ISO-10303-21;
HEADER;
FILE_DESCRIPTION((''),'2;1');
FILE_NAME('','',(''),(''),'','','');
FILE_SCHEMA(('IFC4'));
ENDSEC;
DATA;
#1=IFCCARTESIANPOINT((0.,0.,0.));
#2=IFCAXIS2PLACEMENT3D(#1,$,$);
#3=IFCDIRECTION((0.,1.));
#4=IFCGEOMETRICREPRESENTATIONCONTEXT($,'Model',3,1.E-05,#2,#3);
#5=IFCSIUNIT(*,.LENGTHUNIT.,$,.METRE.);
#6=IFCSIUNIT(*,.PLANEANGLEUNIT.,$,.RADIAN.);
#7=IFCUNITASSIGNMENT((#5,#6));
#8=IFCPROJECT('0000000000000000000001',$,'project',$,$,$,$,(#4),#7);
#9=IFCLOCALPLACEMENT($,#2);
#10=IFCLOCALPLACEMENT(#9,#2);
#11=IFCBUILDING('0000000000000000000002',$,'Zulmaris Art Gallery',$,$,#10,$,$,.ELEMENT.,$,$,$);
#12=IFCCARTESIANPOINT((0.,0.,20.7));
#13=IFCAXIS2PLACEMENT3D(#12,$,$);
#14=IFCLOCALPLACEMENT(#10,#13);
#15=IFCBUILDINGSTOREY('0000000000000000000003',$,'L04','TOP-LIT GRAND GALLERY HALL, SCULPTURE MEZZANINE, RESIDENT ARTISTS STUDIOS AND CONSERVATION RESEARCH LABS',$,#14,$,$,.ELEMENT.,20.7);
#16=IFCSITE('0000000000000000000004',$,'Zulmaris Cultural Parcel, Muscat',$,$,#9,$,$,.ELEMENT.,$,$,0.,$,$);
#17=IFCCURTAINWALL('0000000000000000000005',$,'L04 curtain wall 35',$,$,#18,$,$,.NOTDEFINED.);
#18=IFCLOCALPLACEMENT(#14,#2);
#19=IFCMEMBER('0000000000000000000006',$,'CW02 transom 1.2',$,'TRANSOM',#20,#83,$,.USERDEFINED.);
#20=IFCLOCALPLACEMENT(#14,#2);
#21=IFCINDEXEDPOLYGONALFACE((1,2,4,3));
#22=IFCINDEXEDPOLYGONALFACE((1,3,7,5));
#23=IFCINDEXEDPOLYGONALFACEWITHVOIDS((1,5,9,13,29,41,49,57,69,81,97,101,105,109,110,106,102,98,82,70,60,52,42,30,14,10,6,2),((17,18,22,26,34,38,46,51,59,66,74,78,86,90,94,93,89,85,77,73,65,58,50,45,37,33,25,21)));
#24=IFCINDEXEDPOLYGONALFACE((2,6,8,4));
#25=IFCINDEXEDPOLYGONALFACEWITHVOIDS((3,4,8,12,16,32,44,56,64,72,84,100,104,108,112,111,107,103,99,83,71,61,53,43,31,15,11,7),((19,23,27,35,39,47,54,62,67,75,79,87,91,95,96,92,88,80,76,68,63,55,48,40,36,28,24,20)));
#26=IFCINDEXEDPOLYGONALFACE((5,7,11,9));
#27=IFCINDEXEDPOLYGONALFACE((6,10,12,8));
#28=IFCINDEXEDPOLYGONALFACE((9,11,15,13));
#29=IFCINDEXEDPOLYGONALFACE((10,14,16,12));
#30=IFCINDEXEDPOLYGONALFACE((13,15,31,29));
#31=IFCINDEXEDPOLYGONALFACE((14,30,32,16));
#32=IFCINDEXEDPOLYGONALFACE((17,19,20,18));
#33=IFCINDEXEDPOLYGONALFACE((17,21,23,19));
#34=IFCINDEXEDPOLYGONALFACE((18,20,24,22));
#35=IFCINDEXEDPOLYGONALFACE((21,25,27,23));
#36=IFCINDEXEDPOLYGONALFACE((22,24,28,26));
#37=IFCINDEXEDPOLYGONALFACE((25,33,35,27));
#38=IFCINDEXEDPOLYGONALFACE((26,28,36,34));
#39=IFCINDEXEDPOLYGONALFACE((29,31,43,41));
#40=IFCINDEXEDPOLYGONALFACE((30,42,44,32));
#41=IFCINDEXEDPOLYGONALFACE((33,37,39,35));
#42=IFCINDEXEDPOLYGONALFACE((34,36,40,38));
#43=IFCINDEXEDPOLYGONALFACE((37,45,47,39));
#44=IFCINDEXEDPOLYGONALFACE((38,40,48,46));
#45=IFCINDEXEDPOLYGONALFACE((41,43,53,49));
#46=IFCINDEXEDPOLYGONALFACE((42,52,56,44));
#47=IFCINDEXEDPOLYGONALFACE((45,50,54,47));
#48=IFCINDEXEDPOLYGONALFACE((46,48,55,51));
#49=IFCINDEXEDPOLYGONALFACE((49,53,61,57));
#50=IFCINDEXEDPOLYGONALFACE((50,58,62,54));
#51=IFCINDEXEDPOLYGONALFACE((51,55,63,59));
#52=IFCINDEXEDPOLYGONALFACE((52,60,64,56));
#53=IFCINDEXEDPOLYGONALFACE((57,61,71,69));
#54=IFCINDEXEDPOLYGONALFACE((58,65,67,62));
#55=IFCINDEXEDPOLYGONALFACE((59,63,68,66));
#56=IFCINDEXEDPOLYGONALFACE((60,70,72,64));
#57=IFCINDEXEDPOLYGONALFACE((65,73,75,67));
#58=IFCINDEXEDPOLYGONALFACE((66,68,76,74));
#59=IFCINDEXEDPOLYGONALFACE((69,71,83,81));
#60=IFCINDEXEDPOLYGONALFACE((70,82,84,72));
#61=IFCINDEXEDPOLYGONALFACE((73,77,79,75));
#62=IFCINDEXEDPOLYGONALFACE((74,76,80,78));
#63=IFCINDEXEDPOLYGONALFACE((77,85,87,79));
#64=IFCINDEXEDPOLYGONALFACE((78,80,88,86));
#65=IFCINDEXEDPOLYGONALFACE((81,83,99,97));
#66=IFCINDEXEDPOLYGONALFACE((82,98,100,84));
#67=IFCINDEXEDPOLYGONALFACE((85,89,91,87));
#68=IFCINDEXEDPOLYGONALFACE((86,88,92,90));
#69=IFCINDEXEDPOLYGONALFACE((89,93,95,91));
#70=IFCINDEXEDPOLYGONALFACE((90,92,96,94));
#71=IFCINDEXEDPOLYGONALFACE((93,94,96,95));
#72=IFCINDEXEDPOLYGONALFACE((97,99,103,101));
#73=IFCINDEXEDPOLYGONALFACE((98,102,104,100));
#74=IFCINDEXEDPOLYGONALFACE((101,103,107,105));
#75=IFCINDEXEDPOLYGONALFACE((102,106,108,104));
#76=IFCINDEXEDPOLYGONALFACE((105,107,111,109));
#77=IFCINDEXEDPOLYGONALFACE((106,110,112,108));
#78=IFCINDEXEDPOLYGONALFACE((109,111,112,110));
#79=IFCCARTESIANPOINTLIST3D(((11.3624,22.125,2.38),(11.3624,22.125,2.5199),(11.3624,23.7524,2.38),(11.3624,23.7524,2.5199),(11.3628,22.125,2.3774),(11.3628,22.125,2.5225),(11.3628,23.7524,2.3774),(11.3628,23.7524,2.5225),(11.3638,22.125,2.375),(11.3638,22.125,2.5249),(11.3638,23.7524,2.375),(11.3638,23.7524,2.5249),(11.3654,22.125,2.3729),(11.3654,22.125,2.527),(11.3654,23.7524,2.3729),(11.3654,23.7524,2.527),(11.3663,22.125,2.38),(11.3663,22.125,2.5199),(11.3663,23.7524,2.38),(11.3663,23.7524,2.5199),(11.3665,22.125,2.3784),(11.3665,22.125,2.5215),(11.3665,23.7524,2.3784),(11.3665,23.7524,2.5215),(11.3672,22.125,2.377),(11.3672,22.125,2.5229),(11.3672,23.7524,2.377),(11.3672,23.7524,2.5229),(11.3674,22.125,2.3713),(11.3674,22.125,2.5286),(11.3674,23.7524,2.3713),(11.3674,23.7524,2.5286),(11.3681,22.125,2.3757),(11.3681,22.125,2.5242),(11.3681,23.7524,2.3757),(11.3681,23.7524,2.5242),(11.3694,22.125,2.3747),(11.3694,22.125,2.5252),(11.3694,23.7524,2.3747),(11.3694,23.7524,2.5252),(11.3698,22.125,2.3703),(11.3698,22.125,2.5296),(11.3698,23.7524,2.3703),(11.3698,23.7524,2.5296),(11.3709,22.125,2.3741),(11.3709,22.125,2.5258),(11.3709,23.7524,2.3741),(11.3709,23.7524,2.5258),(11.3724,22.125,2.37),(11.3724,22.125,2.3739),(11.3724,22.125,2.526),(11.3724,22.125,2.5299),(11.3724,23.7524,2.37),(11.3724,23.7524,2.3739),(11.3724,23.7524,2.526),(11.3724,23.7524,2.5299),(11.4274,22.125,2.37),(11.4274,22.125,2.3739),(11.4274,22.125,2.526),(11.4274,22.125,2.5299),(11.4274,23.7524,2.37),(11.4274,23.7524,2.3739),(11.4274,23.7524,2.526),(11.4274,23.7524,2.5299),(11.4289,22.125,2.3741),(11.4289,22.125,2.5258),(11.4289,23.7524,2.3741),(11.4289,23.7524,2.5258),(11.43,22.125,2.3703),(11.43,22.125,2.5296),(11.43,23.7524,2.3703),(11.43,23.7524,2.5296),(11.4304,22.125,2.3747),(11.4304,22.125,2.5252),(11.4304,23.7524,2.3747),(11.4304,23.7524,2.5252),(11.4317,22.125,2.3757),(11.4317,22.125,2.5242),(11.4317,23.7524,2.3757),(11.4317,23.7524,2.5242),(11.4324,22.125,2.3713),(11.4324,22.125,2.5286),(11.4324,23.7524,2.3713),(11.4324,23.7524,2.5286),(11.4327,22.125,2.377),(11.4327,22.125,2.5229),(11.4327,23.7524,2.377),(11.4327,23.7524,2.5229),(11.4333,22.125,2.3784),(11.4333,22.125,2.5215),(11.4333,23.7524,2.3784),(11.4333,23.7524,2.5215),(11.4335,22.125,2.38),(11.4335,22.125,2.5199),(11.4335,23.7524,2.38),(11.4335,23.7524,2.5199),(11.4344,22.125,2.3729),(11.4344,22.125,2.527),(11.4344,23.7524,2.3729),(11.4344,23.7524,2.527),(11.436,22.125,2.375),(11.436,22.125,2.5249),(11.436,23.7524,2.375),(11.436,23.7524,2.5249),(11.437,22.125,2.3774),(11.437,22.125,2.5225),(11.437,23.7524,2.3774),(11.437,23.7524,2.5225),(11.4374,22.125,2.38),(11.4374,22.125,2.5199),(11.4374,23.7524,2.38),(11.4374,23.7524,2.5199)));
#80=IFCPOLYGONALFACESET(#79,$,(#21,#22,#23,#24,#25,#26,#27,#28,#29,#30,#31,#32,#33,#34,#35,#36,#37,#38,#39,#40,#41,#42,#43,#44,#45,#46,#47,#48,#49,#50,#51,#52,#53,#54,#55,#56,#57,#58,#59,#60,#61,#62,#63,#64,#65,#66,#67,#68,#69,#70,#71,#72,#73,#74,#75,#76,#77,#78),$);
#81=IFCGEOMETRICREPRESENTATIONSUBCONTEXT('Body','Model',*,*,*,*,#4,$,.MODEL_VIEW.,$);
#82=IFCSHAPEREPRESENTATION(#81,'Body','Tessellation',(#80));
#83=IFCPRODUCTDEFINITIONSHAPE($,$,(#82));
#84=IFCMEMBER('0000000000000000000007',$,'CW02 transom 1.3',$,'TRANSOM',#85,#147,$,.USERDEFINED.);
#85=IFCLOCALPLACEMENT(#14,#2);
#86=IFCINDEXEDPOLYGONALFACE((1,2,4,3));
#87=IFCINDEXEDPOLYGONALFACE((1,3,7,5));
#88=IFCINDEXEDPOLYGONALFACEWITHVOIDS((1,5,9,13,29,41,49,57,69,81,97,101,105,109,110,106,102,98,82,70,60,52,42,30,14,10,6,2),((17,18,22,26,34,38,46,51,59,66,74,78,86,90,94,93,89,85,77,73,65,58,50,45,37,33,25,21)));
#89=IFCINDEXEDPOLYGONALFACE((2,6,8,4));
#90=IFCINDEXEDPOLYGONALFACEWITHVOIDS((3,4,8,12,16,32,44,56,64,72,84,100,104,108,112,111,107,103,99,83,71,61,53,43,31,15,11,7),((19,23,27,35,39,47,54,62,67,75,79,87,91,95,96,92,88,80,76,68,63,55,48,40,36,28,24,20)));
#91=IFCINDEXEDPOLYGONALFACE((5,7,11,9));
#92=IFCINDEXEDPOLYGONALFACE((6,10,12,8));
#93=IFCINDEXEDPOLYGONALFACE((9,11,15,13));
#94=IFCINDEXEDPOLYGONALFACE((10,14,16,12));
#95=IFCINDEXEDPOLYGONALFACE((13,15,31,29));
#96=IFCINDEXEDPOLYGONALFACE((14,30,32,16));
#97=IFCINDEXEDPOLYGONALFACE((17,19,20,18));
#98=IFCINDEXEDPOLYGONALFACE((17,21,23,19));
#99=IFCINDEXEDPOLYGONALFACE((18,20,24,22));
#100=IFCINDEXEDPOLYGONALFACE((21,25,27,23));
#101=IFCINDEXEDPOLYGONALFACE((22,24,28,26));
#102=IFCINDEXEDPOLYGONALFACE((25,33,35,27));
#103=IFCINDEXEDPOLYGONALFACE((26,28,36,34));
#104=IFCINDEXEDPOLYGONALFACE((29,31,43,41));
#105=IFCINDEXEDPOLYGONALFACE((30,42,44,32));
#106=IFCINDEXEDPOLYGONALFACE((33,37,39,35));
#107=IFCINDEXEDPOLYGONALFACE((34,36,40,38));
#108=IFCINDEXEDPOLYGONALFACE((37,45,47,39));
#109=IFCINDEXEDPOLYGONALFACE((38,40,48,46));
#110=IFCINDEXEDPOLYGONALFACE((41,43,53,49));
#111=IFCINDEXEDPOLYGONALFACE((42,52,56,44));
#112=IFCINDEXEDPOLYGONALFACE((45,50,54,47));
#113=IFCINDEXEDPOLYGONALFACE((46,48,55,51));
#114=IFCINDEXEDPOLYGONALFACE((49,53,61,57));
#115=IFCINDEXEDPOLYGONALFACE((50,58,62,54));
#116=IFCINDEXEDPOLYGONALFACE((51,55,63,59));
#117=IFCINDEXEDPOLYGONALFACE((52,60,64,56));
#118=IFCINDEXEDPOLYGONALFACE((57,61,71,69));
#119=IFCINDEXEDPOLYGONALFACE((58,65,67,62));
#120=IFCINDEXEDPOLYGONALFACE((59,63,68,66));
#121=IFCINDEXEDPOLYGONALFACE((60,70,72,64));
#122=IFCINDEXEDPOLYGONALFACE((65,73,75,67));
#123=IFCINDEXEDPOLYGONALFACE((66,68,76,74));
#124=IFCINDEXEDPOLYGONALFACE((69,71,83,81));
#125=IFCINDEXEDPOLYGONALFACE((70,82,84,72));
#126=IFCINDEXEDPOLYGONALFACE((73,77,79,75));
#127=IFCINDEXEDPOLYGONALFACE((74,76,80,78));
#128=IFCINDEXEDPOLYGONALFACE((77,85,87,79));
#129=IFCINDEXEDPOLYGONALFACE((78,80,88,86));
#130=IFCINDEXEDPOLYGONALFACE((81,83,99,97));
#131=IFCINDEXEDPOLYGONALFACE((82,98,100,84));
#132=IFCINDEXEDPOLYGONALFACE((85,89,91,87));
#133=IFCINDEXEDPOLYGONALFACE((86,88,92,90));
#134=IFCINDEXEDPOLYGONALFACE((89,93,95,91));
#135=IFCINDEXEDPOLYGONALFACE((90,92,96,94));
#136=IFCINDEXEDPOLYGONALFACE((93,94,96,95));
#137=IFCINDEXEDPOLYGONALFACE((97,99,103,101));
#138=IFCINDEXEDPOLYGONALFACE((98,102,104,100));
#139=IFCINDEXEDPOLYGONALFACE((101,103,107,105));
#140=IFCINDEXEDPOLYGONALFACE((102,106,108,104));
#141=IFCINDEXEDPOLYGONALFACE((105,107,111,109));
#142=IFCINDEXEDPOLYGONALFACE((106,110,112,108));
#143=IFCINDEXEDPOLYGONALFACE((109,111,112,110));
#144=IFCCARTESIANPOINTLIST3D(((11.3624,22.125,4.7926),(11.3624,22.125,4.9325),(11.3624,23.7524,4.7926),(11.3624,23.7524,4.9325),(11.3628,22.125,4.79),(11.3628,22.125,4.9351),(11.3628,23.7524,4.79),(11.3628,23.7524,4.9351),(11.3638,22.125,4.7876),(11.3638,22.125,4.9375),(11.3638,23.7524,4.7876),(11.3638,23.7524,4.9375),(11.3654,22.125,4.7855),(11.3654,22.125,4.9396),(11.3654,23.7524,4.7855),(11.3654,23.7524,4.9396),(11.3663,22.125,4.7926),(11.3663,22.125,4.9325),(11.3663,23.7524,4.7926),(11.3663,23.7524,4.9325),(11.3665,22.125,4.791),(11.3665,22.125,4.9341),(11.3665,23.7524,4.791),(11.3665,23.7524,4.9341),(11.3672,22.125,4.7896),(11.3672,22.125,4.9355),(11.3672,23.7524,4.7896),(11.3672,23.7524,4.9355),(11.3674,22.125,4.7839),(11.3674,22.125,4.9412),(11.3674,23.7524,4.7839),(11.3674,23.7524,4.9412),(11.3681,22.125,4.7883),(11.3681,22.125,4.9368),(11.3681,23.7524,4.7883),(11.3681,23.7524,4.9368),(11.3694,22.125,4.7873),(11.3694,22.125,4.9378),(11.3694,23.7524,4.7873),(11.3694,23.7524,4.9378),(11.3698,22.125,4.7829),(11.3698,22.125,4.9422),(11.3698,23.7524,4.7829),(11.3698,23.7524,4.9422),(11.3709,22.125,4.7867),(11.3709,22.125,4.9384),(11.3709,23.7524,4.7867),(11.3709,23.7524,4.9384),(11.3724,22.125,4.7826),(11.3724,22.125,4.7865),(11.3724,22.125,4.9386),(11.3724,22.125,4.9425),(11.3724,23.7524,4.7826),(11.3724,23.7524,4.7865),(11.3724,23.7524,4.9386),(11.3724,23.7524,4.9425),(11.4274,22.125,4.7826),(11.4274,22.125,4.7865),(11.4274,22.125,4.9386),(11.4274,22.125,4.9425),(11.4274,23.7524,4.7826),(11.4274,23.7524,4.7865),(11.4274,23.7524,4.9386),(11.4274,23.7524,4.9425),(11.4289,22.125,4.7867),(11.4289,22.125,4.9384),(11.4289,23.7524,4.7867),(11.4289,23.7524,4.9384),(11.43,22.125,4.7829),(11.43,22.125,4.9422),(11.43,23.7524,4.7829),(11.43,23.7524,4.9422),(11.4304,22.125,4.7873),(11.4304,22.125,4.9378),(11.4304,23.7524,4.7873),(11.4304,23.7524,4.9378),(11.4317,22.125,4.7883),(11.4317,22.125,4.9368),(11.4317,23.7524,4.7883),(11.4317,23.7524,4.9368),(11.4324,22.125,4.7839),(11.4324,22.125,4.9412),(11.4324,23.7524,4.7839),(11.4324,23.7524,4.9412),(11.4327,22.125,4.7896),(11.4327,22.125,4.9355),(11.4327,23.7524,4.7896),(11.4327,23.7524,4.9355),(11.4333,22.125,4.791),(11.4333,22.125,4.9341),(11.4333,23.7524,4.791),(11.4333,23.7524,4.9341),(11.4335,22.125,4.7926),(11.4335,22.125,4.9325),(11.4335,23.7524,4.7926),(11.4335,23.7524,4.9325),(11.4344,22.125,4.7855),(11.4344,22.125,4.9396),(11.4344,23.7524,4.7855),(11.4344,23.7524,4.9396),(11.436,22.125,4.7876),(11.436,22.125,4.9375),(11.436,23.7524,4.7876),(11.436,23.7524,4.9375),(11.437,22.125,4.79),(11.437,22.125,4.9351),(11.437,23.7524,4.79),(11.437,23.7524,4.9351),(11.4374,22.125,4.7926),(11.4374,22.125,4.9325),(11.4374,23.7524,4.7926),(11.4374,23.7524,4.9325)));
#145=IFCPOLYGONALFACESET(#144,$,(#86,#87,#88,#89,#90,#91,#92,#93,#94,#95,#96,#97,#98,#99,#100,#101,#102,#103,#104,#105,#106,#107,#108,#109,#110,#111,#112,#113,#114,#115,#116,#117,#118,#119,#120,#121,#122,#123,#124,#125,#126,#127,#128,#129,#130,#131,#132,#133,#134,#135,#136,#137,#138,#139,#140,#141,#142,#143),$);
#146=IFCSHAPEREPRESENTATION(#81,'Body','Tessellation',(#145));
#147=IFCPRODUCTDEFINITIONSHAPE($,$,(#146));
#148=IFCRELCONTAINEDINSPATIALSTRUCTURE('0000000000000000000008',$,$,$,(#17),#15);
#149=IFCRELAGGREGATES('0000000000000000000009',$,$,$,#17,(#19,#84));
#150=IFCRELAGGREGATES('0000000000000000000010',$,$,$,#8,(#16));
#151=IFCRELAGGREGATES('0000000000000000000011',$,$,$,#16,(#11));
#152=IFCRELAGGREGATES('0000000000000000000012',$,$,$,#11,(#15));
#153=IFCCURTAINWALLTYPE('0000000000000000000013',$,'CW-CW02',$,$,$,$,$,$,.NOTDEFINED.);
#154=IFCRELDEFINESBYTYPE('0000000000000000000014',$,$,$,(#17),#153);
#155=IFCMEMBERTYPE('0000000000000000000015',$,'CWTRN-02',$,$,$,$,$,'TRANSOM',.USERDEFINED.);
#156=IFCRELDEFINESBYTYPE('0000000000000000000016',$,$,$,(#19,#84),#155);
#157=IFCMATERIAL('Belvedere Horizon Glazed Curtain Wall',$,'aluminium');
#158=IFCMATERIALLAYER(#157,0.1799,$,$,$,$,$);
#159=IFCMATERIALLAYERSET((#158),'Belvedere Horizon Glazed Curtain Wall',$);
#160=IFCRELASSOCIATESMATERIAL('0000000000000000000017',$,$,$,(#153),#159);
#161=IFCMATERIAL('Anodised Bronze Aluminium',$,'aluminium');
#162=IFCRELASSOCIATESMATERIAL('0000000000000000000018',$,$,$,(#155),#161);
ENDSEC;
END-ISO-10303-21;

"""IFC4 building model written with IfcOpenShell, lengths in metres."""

from ifc_helpers import new_model, si_unit, direction, frame, origin, origin_2d, place, context, subcontext, project, spatial, hollow_rectangle, extrude, material, layer, layer_set, material_profile, profile_set, type_object, element, aggregate, save


model = new_model("IFC4")

# Units and contexts
model_context = context("Model", 3, precision=1e-05, world=origin(), true_north=direction((0.0, 1.0)))
body_context = subcontext(model_context, "Body", "Model", "MODEL_VIEW")
ifc_project = project(units=[si_unit("LENGTHUNIT", "METRE"), si_unit("PLANEANGLEUNIT", "RADIAN")], contexts=[model_context])

# Site, building, storey
site_placement = place(None, origin())
site = spatial("IfcSite", under=ifc_project, at=site_placement, Name="Zulmaris Cultural Parcel, Muscat", CompositionType="ELEMENT", RefElevation=0.0)
building_placement = place(site_placement, origin())
building = spatial("IfcBuilding", under=site, at=building_placement, Name="Zulmaris Art Gallery", CompositionType="ELEMENT")
storey_placement = place(building_placement, frame((0.0, 0.0, 20.7)))
storey = spatial("IfcBuildingStorey", under=building, at=storey_placement, Name="L04", Description="TOP-LIT GRAND GALLERY HALL, SCULPTURE MEZZANINE, RESIDENT ARTISTS STUDIOS AND CONSERVATION RESEARCH LABS", CompositionType="ELEMENT", Elevation=20.7)

# Curtain wall, members
ifc_material_1 = material(Name="Belvedere Horizon Glazed Curtain Wall", Category="aluminium")
ifc_layer_1 = layer(ifc_material_1, 0.1799)
ifc_layer_set_1 = layer_set([ifc_layer_1], Name="Belvedere Horizon Glazed Curtain Wall")
curtain_wall_type = type_object("IfcCurtainWallType", Name="CW-CW02", PredefinedType="NOTDEFINED", material=ifc_layer_set_1)
curtain_wall_placement = place(storey_placement, origin())
curtain_wall = element("IfcCurtainWall", 1, at=curtain_wall_placement, inside=storey, type_object=curtain_wall_type, Name="L04 curtain wall 35", PredefinedType="NOTDEFINED")
ifc_material_2 = material(Name="Anodised Bronze Aluminium", Category="aluminium")
ifc_material_profile_1 = material_profile(ifc_material_2, hollow_rectangle(XDim=0.075, YDim=0.1599, WallThickness=0.0039, InnerFilletRadius=0.0061, OuterFilletRadius=0.01, at=origin_2d()), Name="ALU 75x160x4")
ifc_profile_set_1 = profile_set([ifc_material_profile_1], Name="Anodised Bronze Aluminium")
member_type_1 = type_object("IfcMemberType", Name="CWTRN-02", ElementType="TRANSOM", PredefinedType="USERDEFINED", material=ifc_profile_set_1)
member_1_placement = place(storey_placement, frame((11.3999, 22.125, 2.45), z_axis=(0.0, 1.0, 0.0), x_axis=(-1.0, 0.0, 0.0)))
member_1 = element("IfcMember", 2, at=member_1_placement, type_object=member_type_1, Name="CW02 transom 1.2", ObjectType="TRANSOM", PredefinedType="USERDEFINED", context=body_context, shape_type="SweptSolid", body=[
    extrude(hollow_rectangle(XDim=0.075, YDim=0.1599, WallThickness=0.0039, InnerFilletRadius=0.0061, OuterFilletRadius=0.01, at=origin_2d()), origin(), (0.0, 0.0, 1.0), 1.6274),
])
member_2_placement = place(storey_placement, frame((11.3999, 22.125, 4.8625), z_axis=(0.0, 1.0, 0.0), x_axis=(-1.0, 0.0, 0.0)))
member_2 = element("IfcMember", 3, at=member_2_placement, type_object=member_type_1, Name="CW02 transom 1.3", ObjectType="TRANSOM", PredefinedType="USERDEFINED", context=body_context, shape_type="SweptSolid", body=[
    extrude(hollow_rectangle(XDim=0.075, YDim=0.1599, WallThickness=0.0039, InnerFilletRadius=0.0061, OuterFilletRadius=0.01, at=origin_2d()), origin(), (0.0, 0.0, 1.0), 1.6274),
])

aggregate(curtain_wall, [member_1, member_2])

save(model, "model.ifc")
